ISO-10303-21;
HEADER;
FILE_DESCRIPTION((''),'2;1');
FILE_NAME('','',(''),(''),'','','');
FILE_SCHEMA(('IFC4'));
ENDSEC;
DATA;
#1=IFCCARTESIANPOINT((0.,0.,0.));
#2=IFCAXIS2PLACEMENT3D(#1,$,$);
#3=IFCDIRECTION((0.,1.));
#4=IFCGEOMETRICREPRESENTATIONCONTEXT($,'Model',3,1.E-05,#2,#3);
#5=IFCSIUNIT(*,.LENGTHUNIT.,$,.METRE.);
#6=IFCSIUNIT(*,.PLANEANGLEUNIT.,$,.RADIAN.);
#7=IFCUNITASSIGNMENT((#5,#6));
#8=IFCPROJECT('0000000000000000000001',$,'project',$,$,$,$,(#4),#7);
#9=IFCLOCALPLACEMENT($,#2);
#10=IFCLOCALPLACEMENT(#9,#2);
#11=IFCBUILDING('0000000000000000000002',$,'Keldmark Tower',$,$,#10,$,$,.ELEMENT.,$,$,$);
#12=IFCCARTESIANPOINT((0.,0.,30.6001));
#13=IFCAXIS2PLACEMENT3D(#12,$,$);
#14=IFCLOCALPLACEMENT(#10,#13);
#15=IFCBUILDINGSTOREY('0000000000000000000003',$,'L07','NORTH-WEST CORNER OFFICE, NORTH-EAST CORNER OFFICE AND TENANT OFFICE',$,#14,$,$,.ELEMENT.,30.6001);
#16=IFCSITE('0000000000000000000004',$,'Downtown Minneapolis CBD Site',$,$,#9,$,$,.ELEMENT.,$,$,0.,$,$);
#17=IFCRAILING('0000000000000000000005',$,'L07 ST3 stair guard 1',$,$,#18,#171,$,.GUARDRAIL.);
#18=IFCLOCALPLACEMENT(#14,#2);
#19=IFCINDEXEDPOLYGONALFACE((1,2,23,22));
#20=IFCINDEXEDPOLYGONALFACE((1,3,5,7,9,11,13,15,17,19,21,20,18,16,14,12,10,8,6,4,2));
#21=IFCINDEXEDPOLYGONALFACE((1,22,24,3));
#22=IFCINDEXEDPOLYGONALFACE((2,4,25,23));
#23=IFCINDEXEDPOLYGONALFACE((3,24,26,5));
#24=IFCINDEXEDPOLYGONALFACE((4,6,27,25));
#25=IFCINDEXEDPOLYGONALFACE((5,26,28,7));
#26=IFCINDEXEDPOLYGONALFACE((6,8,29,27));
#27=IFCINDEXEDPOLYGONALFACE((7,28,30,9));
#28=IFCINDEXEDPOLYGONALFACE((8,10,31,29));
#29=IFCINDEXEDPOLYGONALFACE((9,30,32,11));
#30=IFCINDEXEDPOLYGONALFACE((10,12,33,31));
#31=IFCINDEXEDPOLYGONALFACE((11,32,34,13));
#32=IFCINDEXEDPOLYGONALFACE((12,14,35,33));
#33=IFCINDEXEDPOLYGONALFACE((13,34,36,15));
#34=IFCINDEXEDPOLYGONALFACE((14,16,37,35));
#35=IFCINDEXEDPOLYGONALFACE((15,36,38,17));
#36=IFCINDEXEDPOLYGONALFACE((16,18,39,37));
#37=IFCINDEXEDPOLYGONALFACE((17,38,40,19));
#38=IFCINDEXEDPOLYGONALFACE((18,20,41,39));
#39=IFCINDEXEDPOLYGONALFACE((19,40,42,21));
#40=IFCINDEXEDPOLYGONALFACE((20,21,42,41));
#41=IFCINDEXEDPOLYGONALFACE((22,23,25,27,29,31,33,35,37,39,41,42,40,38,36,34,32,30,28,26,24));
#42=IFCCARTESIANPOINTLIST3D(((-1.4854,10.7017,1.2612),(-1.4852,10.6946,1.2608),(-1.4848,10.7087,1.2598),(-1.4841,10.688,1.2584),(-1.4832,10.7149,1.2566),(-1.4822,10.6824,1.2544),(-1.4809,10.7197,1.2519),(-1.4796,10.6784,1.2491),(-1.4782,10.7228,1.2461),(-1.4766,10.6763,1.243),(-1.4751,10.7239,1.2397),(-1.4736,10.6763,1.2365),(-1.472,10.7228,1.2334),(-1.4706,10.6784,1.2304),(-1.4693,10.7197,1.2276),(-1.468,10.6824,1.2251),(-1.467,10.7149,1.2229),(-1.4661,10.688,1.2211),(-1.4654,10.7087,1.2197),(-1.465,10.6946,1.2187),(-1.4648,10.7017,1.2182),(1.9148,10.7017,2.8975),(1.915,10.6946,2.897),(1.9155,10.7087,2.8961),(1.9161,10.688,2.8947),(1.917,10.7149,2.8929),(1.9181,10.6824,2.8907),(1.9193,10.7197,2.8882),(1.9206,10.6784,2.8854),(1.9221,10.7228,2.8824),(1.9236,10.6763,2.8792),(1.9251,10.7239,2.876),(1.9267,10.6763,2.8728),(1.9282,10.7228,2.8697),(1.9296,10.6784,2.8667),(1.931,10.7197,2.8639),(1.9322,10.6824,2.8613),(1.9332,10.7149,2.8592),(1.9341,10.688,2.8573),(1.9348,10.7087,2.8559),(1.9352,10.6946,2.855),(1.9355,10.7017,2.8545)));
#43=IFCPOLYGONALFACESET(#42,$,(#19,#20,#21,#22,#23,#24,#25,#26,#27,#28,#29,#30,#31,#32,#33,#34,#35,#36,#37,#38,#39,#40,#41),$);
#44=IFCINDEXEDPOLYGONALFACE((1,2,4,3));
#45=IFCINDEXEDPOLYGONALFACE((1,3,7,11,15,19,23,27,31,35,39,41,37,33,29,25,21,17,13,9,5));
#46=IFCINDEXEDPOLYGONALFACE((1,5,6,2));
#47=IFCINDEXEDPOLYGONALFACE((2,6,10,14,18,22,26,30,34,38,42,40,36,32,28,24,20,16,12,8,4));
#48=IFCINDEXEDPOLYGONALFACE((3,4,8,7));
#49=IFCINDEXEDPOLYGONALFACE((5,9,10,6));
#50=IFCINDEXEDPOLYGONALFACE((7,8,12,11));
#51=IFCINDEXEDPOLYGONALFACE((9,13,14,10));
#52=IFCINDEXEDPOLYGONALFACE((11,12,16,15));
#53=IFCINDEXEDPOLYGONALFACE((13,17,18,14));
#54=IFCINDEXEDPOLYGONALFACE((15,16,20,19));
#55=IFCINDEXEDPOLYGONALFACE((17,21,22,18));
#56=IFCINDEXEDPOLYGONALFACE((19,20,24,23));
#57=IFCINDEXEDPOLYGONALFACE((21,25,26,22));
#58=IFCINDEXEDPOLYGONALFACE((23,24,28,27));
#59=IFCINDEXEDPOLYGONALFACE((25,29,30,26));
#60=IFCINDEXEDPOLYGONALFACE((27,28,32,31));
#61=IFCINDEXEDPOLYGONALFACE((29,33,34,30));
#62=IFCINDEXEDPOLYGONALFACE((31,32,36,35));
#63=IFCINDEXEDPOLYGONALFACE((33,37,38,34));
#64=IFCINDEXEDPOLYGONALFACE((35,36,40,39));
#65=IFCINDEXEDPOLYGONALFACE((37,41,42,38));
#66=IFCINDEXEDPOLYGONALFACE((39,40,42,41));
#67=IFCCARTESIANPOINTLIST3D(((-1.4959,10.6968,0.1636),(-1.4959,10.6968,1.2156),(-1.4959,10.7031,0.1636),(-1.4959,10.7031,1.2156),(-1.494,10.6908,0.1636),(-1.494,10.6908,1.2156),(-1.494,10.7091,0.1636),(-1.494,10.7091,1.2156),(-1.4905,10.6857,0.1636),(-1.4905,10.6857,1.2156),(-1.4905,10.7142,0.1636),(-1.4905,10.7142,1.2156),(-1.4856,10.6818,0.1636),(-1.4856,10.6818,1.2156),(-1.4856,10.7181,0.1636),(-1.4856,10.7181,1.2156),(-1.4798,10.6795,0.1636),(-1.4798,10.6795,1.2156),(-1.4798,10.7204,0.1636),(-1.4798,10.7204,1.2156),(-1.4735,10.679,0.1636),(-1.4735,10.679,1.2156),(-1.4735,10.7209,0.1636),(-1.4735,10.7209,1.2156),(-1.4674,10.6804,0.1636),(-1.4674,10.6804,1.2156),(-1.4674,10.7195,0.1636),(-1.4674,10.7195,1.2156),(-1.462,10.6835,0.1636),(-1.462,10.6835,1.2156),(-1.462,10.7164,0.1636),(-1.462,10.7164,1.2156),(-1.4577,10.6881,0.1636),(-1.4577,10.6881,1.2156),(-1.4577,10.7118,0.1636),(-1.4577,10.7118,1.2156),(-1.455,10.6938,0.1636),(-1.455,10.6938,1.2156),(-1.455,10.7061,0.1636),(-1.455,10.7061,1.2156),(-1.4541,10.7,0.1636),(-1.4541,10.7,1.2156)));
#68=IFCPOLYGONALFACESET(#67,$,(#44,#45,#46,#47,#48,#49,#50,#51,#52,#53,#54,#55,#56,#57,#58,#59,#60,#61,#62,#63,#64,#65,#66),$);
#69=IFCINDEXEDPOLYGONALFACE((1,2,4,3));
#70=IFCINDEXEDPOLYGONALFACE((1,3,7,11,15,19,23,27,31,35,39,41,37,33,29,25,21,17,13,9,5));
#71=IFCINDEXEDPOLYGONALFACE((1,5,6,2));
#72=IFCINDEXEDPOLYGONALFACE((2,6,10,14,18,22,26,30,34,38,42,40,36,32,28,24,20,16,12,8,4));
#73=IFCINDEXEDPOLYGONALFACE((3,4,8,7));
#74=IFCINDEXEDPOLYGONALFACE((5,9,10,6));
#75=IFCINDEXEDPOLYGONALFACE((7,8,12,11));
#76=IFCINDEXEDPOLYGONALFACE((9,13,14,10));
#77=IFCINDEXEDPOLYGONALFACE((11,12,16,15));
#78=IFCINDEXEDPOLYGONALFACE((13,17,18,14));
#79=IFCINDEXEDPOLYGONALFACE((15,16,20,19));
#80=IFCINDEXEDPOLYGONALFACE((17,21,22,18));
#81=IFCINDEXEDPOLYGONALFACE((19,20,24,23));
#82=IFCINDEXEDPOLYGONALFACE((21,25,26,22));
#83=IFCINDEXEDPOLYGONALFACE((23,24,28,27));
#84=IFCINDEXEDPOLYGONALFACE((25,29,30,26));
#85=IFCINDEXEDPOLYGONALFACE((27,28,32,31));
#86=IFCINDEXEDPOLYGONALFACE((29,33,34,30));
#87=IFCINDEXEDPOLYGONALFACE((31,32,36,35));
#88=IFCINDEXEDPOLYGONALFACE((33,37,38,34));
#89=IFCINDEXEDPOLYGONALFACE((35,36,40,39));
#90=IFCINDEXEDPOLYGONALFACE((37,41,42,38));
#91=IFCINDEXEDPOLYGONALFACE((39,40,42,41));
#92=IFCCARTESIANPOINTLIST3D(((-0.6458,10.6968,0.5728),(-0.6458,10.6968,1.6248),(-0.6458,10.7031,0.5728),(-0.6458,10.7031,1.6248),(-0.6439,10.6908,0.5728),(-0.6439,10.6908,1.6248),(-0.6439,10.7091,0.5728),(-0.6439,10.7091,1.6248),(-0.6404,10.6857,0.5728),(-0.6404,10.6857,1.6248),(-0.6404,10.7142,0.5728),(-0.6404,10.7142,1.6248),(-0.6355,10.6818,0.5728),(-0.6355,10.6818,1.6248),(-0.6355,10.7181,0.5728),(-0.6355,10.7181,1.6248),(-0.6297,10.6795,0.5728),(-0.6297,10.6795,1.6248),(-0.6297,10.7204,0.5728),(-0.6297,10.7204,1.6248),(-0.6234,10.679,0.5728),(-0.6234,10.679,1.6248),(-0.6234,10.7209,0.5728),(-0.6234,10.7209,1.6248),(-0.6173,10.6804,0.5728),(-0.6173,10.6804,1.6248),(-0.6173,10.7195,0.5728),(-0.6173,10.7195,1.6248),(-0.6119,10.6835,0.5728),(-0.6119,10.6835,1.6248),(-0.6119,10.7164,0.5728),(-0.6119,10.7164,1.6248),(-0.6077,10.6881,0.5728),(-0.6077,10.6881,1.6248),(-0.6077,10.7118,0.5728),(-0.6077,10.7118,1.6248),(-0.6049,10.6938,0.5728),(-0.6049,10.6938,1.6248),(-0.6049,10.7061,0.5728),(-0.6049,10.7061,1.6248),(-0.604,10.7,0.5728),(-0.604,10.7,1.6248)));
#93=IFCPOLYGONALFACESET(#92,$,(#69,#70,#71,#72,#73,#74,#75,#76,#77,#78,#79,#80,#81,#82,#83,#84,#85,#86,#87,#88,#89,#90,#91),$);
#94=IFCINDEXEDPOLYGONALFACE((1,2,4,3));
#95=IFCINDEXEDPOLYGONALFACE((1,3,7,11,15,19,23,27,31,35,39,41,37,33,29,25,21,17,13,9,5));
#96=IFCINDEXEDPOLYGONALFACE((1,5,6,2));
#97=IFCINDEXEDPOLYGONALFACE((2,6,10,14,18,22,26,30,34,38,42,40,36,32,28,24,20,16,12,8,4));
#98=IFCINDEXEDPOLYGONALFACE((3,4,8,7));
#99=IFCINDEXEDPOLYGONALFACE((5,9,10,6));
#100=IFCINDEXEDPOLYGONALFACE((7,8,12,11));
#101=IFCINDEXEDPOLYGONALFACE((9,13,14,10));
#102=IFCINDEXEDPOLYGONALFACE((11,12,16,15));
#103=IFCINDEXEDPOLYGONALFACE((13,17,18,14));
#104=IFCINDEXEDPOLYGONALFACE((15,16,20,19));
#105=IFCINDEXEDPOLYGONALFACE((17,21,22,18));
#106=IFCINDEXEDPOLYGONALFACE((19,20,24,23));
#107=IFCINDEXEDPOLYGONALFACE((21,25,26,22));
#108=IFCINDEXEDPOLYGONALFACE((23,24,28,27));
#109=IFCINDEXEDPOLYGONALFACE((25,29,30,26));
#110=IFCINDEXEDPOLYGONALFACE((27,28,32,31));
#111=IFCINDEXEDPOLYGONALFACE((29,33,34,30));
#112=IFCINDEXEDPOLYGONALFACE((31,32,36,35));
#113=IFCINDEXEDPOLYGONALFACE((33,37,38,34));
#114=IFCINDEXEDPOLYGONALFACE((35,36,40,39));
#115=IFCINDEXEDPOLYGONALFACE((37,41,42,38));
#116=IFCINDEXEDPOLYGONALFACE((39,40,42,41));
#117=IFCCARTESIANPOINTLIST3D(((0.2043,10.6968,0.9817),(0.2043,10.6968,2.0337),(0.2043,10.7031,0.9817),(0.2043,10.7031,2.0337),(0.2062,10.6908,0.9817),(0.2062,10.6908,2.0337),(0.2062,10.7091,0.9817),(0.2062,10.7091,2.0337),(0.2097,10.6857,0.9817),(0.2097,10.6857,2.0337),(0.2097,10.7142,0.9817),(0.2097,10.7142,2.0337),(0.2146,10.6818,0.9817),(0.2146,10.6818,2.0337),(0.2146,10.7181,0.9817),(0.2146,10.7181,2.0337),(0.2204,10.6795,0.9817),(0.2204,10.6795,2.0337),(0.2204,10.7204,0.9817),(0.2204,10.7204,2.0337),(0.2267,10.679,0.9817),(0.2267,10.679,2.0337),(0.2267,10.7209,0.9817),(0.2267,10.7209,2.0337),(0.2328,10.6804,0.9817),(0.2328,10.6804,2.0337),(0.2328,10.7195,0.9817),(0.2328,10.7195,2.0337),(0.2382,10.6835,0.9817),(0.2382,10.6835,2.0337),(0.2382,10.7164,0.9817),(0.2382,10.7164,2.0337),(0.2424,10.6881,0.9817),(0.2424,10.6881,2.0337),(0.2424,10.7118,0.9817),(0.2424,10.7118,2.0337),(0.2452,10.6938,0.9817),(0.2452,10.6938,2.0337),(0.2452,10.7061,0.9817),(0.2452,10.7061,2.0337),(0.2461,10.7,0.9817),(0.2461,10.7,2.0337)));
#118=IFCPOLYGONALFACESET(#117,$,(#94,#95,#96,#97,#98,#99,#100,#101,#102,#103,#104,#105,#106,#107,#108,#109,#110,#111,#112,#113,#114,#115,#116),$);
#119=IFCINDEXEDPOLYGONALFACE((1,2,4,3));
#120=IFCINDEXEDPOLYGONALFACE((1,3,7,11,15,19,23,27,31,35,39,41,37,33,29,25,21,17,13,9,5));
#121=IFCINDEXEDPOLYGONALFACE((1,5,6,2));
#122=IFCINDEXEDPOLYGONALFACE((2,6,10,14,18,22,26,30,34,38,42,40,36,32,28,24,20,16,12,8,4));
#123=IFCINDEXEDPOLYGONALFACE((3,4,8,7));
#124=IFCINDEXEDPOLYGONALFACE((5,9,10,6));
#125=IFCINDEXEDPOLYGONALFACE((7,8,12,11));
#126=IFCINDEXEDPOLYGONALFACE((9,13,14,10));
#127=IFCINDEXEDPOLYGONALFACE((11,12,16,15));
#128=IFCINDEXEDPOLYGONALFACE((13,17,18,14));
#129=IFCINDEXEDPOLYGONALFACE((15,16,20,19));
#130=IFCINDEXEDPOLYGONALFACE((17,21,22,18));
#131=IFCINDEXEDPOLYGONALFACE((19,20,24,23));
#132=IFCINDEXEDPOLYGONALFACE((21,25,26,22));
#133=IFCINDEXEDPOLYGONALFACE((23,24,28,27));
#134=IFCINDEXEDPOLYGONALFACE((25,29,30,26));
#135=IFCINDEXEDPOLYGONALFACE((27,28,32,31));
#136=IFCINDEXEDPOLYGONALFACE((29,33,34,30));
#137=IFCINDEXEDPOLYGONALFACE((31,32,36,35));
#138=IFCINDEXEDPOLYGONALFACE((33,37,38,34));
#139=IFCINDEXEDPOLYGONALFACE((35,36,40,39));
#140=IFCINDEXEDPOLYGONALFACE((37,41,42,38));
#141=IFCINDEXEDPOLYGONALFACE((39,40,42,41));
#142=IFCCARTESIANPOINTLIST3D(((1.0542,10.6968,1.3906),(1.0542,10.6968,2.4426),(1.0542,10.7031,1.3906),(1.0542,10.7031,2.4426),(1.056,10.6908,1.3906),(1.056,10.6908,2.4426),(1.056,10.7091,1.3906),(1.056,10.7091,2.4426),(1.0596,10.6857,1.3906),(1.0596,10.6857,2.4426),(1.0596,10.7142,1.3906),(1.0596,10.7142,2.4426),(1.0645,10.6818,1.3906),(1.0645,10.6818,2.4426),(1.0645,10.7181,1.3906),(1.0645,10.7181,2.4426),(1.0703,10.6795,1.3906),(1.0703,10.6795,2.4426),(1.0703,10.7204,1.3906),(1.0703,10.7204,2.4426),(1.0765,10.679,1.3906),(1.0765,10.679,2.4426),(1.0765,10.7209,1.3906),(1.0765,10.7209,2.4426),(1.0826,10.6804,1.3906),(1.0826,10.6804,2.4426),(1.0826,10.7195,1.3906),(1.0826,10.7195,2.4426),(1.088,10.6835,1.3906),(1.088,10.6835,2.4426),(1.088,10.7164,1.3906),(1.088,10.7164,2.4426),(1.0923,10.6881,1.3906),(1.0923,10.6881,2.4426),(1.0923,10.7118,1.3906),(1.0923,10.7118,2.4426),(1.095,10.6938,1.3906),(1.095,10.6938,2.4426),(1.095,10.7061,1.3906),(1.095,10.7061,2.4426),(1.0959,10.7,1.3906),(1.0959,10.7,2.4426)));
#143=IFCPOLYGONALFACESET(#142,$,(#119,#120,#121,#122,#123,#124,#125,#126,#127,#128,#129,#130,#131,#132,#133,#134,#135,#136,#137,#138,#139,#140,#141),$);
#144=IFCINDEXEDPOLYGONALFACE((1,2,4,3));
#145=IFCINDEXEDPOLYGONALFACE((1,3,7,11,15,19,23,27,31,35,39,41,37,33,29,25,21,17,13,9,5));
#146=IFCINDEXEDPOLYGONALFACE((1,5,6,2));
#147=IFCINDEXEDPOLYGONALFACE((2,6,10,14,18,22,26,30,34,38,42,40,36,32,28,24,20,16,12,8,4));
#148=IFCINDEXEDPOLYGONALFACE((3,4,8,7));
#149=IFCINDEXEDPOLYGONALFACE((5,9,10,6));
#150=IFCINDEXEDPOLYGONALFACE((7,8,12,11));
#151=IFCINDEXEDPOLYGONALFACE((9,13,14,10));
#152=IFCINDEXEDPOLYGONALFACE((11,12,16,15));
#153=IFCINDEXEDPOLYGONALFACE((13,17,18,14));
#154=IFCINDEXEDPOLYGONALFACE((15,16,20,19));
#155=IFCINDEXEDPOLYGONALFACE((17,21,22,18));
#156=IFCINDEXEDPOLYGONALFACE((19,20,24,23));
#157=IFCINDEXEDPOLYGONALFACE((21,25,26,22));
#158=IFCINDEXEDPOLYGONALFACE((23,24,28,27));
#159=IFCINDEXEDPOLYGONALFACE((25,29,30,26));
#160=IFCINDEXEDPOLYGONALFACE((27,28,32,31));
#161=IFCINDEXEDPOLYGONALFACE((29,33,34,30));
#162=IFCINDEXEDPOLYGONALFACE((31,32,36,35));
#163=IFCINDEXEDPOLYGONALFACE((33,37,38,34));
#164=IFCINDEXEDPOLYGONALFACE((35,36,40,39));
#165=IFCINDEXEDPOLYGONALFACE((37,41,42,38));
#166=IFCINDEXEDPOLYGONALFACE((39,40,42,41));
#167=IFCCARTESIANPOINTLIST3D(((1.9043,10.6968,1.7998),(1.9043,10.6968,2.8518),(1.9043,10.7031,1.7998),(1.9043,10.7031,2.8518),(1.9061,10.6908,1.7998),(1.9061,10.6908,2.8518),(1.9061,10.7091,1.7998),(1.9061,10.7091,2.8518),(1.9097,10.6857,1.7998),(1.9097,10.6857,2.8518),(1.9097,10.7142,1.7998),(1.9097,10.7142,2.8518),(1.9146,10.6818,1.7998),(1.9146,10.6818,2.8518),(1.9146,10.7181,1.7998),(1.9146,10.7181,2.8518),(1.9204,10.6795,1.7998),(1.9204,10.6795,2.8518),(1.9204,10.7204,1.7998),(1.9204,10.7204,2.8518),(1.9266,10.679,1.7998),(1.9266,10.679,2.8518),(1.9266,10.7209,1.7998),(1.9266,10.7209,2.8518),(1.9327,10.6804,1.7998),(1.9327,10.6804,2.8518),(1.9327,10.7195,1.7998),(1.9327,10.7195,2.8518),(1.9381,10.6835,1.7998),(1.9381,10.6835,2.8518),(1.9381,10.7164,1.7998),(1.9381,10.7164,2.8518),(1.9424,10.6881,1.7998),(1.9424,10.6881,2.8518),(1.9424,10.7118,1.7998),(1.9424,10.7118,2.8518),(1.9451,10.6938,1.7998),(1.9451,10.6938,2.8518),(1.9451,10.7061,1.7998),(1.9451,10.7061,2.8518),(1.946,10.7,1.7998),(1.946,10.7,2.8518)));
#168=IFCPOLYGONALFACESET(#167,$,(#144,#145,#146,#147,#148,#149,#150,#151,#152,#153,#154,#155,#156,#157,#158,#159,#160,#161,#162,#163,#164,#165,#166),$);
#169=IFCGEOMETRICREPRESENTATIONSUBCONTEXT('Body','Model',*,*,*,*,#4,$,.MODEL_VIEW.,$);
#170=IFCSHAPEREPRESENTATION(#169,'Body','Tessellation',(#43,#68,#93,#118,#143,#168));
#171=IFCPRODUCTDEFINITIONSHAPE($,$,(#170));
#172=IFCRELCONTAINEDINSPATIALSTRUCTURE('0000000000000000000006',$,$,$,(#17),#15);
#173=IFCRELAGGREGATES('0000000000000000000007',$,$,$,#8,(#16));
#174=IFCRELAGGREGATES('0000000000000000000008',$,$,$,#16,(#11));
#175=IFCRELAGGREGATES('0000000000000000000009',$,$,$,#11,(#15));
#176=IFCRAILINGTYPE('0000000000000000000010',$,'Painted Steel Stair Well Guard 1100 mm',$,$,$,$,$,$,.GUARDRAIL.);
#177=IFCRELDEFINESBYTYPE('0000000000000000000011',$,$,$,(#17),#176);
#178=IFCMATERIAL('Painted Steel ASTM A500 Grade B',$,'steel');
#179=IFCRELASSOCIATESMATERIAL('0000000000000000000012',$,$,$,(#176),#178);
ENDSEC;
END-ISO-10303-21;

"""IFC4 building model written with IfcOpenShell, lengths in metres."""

from ifc_helpers import new_model, si_unit, direction, frame, origin, origin_2d, place, context, subcontext, project, spatial, circle, extrude, material, type_object, element, save


model = new_model("IFC4")

# Units and contexts
model_context = context("Model", 3, precision=1e-05, world=origin(), true_north=direction((0.0, 1.0)))
body_context = subcontext(model_context, "Body", "Model", "MODEL_VIEW")
ifc_project = project(units=[si_unit("LENGTHUNIT", "METRE"), si_unit("PLANEANGLEUNIT", "RADIAN")], contexts=[model_context])

# Site, building, storey
site_placement = place(None, origin())
site = spatial("IfcSite", under=ifc_project, at=site_placement, Name="Downtown Minneapolis CBD Site", CompositionType="ELEMENT", RefElevation=0.0)
building_placement = place(site_placement, origin())
building = spatial("IfcBuilding", under=site, at=building_placement, Name="Keldmark Tower", CompositionType="ELEMENT")
storey_placement = place(building_placement, frame((0.0, 0.0, 30.6001)))
storey = spatial("IfcBuildingStorey", under=building, at=storey_placement, Name="L07", Description="NORTH-WEST CORNER OFFICE, NORTH-EAST CORNER OFFICE AND TENANT OFFICE", CompositionType="ELEMENT", Elevation=30.6001)

# Railing
ifc_material_1 = material(Name="Painted Steel ASTM A500 Grade B", Category="steel")
railing_type_1 = type_object("IfcRailingType", Name="Painted Steel Stair Well Guard 1100 mm", PredefinedType="GUARDRAIL", material=ifc_material_1)
railing_1_placement = place(storey_placement, frame((-1.4751, 10.7, 0.1636)))
element("IfcRailing", 1, at=railing_1_placement, inside=storey, type_object=railing_type_1, Name="L07 ST3 stair guard 1", PredefinedType="GUARDRAIL", context=body_context, shape_type="SweptSolid", body=[
    extrude(circle(Radius=0.0239, at=origin_2d()), frame((0.0, 0.0, 1.0762), z_axis=(0.901093, 0.0, 0.433627), x_axis=(0.0, 1.0, 0.0)), (0.0, 0.0, 1.0), 3.7734),
    extrude(circle(Radius=0.021, at=origin_2d()), origin(), (0.0, 0.0, 1.0), 1.052),
    extrude(circle(Radius=0.021, at=origin_2d()), frame((0.8501, 0.0, 0.4092)), (0.0, 0.0, 1.0), 1.052),
    extrude(circle(Radius=0.021, at=origin_2d()), frame((1.7002, 0.0, 0.8181)), (0.0, 0.0, 1.0), 1.052),
    extrude(circle(Radius=0.021, at=origin_2d()), frame((2.55, 0.0, 1.2271)), (0.0, 0.0, 1.0), 1.052),
    extrude(circle(Radius=0.021, at=origin_2d()), frame((3.4001, 0.0, 1.6362)), (0.0, 0.0, 1.0), 1.052),
])

save(model, "model.ifc")
